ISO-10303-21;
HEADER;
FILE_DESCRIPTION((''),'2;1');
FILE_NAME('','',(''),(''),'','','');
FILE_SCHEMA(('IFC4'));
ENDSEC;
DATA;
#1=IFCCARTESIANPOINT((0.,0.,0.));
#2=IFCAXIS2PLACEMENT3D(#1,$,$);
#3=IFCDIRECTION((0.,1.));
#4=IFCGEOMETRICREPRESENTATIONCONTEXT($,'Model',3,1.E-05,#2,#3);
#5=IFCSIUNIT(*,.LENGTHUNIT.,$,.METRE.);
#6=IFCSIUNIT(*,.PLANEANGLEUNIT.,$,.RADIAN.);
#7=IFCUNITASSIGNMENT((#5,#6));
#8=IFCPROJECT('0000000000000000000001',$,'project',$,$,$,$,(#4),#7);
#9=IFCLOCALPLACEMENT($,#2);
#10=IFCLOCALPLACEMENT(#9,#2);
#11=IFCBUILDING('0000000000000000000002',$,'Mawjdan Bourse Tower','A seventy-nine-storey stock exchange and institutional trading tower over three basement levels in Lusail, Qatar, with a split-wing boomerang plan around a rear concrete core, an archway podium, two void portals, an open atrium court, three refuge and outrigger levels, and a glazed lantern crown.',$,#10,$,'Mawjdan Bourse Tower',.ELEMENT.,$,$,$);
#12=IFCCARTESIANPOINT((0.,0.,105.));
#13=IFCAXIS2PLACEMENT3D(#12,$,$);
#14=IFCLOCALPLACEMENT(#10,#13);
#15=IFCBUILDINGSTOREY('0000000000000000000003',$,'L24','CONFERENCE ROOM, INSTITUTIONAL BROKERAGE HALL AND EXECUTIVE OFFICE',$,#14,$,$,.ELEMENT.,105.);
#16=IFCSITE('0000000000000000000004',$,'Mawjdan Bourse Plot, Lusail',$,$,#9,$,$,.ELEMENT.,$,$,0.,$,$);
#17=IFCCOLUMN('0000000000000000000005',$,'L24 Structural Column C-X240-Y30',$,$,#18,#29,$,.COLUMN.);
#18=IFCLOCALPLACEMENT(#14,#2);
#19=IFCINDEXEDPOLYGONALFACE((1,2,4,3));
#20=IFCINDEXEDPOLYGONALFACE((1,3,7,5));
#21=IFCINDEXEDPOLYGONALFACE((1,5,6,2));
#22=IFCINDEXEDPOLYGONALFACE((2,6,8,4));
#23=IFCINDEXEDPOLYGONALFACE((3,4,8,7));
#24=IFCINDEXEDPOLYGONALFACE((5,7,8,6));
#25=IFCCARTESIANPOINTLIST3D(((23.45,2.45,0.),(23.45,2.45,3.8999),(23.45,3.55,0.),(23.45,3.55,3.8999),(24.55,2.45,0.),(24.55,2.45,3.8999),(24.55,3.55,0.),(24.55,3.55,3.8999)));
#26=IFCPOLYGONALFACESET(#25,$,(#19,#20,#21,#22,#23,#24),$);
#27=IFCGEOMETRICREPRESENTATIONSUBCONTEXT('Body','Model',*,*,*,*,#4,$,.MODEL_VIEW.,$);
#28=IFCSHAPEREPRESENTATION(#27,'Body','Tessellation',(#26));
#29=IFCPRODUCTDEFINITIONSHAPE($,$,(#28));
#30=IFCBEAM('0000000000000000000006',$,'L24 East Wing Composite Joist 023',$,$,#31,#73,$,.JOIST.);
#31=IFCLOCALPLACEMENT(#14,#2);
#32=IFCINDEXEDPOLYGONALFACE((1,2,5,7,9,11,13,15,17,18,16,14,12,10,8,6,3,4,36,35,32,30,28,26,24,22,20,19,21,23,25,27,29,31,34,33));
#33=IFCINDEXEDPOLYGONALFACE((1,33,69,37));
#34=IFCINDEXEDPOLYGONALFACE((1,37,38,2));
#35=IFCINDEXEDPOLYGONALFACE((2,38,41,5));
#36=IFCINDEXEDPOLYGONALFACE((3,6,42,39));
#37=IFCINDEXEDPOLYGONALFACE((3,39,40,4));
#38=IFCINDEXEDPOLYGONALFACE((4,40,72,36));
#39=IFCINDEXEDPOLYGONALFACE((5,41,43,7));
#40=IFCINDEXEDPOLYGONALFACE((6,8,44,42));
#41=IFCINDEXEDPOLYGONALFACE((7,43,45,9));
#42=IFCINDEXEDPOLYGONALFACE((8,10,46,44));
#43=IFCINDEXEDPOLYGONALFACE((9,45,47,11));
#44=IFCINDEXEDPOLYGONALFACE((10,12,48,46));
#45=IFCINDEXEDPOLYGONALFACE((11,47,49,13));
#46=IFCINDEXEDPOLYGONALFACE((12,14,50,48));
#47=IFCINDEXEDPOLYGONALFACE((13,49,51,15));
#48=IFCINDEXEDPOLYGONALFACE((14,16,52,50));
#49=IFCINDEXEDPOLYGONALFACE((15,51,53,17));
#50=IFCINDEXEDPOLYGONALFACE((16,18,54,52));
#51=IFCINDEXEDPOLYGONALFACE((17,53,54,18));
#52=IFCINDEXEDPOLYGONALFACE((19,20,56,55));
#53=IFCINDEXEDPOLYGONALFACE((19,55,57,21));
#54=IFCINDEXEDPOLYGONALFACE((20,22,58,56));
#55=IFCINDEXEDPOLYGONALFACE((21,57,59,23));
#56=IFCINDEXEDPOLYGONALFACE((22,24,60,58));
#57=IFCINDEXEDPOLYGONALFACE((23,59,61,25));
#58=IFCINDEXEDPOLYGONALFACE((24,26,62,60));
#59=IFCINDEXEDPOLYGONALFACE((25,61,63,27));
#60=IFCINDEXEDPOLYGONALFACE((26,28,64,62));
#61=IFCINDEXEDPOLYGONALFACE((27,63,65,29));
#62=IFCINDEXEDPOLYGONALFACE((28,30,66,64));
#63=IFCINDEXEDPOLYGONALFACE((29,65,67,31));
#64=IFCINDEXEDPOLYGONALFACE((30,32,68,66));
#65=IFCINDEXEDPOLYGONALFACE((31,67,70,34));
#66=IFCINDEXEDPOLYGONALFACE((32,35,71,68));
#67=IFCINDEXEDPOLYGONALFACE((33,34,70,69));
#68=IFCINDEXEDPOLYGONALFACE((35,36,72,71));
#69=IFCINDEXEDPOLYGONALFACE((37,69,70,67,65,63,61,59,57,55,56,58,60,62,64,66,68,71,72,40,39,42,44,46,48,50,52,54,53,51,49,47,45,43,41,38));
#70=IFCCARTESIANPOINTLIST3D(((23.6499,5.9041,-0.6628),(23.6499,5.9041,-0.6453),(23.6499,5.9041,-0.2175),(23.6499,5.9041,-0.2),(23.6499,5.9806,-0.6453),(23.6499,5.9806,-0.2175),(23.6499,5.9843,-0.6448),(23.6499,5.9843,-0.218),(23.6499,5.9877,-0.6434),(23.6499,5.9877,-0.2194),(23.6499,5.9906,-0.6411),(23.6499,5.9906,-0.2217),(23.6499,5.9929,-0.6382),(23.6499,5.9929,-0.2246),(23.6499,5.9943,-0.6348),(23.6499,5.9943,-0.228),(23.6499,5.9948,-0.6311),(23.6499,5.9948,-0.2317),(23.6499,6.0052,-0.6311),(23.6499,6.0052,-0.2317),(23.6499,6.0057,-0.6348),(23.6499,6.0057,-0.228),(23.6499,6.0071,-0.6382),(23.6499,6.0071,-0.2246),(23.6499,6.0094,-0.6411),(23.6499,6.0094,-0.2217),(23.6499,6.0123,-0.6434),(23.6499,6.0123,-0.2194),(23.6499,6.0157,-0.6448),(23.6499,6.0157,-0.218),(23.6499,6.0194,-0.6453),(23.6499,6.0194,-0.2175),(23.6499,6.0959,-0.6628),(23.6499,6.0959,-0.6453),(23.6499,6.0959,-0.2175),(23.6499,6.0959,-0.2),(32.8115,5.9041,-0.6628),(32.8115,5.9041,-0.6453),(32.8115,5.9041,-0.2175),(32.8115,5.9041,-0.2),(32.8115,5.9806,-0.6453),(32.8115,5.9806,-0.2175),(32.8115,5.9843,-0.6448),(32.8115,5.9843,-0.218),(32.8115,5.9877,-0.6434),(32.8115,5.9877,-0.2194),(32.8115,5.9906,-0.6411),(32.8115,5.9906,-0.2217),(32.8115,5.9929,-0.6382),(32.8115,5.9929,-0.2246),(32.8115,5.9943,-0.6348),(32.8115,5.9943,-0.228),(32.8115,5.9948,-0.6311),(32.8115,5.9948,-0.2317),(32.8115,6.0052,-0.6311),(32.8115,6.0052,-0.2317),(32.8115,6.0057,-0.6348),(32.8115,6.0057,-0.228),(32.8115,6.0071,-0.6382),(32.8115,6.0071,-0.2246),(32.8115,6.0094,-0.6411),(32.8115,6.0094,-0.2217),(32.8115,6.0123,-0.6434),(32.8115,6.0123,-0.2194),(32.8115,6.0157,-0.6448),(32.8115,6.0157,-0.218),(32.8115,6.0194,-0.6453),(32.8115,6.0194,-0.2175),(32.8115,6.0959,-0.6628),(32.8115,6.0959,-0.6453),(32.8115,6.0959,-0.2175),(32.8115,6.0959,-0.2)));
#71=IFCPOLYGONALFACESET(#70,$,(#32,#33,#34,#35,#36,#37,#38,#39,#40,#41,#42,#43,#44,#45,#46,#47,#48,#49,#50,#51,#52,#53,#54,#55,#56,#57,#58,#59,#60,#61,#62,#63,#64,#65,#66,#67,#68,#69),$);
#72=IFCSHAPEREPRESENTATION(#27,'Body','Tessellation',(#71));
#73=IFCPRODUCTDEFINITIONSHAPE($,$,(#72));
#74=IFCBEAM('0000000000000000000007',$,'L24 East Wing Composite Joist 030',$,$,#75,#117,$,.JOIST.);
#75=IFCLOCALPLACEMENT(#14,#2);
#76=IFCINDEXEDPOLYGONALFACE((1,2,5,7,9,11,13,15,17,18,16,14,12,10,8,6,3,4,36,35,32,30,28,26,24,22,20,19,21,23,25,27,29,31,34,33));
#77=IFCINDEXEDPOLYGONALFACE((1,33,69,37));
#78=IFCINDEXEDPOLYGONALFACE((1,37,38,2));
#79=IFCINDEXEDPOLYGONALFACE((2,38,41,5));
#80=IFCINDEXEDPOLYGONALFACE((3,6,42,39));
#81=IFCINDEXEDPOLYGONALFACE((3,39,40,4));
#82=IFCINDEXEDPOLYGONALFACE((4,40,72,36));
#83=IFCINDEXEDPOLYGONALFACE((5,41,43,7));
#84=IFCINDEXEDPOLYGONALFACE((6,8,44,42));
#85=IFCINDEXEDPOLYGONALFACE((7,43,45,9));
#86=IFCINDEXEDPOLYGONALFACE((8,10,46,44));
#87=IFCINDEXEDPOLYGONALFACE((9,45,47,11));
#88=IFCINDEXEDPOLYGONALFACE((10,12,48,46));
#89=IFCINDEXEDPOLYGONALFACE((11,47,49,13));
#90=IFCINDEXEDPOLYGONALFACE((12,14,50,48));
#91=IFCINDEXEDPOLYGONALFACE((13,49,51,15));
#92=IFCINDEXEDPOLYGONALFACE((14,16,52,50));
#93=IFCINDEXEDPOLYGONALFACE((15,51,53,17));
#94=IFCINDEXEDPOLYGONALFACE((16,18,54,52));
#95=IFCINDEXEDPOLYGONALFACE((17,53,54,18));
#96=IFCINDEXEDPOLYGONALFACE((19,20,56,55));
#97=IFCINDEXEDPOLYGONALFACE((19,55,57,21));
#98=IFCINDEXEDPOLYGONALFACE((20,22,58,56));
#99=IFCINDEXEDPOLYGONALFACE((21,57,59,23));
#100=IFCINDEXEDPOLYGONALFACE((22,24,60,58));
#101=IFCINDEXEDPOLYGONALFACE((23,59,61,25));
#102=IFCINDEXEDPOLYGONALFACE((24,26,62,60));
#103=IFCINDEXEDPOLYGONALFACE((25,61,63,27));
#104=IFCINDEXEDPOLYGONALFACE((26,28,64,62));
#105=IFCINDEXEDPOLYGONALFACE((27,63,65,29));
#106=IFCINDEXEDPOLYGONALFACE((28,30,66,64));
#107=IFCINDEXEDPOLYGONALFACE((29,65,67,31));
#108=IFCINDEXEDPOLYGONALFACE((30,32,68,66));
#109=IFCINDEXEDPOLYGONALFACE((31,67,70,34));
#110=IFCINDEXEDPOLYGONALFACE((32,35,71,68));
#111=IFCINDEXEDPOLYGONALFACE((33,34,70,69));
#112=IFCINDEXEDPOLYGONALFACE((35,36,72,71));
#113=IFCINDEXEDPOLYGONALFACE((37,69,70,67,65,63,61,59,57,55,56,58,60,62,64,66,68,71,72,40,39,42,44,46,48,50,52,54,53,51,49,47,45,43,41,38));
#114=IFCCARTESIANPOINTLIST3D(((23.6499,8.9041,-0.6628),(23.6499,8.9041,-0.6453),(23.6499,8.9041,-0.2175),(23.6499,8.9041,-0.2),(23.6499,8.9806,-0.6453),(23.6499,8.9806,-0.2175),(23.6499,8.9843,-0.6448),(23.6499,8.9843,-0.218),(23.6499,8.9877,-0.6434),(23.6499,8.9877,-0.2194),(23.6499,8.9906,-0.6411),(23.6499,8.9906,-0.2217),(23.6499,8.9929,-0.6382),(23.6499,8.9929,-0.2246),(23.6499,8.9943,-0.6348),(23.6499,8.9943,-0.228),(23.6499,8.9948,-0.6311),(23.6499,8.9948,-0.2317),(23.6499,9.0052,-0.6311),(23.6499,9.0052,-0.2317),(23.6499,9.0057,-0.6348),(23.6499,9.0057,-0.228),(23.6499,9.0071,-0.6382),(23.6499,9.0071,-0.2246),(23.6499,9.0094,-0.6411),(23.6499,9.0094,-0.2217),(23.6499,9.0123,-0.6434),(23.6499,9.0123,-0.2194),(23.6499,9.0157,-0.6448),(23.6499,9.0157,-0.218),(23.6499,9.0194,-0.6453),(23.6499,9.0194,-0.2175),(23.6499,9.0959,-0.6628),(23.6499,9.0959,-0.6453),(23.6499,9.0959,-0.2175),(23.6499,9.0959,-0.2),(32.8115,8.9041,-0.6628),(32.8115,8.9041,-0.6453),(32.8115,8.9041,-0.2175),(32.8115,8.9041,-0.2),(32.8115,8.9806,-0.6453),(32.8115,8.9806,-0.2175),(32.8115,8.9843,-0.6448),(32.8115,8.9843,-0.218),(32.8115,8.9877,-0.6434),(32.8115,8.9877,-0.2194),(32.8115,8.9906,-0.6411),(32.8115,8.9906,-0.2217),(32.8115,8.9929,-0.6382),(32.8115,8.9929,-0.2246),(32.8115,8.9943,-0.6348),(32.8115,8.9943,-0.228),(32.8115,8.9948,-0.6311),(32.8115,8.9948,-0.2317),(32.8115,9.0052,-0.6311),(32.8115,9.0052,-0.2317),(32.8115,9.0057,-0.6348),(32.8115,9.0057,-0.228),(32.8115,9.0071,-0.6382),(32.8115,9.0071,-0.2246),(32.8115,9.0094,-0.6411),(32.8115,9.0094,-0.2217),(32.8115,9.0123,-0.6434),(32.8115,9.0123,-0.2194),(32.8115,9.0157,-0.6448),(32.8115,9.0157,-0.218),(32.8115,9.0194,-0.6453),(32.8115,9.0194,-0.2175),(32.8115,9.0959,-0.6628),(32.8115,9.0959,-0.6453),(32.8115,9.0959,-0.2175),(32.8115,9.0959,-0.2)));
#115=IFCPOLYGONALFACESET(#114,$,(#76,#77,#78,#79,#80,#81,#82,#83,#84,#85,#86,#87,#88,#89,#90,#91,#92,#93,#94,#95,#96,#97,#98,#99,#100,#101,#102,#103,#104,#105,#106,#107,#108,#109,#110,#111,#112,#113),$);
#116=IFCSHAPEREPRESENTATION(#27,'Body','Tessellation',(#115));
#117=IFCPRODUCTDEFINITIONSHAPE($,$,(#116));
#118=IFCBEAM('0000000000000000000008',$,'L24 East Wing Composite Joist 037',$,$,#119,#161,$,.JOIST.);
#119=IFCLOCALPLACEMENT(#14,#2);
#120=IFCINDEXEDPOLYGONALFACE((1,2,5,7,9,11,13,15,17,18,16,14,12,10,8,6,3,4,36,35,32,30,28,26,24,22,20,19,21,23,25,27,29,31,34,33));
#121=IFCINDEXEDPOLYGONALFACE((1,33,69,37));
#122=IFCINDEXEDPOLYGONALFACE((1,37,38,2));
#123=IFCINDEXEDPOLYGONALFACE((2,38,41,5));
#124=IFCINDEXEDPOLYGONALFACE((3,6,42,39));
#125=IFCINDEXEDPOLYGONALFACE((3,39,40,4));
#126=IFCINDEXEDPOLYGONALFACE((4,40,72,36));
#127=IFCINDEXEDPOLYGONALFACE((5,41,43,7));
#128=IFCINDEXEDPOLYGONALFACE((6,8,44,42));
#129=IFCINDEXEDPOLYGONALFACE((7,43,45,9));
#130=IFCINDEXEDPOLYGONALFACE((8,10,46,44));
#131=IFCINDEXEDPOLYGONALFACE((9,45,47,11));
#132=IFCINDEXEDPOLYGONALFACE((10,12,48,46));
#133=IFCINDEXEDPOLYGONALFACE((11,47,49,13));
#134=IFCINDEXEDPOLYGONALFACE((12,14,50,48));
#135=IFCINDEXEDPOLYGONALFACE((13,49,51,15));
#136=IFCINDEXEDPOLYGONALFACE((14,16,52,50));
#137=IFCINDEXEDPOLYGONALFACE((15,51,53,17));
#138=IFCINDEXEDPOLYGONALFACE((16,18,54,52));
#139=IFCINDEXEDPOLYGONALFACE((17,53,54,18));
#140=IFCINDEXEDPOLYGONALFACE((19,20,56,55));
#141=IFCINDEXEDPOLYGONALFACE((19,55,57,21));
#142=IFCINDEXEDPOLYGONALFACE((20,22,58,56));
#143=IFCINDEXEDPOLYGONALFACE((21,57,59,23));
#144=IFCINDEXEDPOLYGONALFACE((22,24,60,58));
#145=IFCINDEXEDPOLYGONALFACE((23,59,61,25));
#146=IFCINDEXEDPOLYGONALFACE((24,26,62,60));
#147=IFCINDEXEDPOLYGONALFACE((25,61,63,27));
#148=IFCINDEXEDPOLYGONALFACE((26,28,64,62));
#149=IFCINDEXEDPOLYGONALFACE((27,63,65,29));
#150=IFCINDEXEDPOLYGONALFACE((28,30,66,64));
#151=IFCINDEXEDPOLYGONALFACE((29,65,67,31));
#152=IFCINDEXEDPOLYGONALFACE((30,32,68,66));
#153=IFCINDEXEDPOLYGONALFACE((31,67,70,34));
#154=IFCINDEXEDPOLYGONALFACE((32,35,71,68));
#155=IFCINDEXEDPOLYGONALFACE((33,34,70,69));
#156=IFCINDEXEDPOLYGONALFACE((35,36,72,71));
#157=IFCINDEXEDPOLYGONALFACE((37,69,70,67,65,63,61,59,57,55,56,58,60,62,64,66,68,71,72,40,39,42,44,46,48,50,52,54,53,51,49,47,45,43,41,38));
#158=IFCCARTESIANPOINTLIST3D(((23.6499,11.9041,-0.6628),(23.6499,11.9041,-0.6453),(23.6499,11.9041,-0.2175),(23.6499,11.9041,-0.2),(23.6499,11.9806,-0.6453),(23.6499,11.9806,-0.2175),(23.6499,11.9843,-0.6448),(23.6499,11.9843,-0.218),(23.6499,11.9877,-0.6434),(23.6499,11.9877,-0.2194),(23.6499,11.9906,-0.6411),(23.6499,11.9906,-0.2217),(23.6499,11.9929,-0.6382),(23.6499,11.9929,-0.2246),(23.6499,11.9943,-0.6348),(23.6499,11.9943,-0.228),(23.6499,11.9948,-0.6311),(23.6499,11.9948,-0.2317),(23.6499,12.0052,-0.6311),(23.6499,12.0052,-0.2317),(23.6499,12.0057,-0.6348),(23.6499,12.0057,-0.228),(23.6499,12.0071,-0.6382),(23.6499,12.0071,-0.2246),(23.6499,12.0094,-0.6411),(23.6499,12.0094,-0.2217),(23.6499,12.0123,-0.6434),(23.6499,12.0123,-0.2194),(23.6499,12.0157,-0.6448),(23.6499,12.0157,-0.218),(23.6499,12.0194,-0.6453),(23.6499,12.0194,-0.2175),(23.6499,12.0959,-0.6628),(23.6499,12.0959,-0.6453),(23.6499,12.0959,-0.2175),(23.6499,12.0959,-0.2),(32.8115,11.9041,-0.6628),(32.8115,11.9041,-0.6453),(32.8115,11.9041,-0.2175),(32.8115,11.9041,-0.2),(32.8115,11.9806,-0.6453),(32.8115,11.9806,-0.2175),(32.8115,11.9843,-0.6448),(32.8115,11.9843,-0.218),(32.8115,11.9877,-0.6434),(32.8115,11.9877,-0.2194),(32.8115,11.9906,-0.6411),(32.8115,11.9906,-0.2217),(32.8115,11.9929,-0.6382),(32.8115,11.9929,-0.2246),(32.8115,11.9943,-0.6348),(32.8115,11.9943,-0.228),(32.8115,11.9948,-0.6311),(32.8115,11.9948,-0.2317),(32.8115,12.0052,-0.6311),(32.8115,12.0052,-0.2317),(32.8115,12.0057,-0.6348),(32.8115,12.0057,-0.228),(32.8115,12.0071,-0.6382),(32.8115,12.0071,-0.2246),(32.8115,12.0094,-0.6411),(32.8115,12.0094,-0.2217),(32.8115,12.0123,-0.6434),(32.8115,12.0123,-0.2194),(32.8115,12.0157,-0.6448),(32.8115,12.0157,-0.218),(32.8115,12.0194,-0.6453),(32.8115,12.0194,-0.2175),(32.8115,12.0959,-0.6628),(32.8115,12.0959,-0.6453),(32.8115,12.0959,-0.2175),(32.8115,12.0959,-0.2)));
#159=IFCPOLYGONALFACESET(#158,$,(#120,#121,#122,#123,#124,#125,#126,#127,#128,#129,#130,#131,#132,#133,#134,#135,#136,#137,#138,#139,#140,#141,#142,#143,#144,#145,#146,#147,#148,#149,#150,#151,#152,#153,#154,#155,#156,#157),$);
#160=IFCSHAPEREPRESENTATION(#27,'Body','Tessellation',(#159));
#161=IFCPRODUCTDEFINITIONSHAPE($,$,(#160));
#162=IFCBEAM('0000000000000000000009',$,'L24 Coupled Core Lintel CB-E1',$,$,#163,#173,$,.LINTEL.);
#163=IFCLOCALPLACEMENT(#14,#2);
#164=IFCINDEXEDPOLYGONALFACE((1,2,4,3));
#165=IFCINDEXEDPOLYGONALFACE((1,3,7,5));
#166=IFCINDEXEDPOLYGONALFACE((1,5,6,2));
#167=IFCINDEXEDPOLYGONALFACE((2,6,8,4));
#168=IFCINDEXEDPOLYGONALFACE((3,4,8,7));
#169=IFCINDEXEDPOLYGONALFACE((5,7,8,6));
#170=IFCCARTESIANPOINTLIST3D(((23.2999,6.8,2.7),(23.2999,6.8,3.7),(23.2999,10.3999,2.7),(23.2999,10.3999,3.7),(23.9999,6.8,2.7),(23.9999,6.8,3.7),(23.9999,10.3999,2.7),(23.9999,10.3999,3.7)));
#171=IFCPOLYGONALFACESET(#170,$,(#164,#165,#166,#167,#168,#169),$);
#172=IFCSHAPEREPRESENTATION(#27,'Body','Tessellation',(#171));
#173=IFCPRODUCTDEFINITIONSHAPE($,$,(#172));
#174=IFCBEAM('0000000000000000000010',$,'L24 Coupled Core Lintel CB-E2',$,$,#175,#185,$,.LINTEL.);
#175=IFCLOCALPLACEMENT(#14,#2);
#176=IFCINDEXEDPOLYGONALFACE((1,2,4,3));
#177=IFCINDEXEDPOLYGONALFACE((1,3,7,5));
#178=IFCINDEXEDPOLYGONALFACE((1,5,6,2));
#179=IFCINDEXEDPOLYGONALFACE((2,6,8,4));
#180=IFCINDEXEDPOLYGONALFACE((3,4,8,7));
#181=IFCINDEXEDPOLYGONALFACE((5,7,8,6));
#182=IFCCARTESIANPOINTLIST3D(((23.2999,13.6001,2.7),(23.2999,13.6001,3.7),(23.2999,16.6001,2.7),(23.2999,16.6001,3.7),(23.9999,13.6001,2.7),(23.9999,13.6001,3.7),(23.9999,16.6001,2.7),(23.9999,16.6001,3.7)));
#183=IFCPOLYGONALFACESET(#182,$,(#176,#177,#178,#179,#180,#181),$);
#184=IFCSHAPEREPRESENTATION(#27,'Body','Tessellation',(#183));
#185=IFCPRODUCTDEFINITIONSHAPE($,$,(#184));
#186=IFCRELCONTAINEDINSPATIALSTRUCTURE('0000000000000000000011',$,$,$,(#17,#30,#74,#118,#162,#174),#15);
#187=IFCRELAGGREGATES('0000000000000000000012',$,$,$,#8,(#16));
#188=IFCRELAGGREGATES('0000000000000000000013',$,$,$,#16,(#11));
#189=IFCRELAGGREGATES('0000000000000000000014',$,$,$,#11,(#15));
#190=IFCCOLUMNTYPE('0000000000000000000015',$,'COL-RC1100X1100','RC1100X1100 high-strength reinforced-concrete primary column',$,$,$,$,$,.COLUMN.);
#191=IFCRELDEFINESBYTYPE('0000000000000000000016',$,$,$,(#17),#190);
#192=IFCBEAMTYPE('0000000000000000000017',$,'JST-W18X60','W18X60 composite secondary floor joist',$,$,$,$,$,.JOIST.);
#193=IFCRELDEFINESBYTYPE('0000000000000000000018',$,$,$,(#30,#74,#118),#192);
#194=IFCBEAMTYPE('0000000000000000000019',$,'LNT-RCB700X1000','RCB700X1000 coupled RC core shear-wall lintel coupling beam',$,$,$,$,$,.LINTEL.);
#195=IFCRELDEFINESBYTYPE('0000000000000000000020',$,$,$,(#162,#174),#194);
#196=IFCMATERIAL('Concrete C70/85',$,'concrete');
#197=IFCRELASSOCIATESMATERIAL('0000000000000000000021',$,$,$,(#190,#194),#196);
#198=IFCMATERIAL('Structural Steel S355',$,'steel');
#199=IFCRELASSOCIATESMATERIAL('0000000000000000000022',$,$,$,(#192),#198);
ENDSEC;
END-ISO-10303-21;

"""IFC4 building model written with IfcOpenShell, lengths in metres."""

from ifc_helpers import new_model, si_unit, direction, frame, origin, origin_2d, place, context, subcontext, project, spatial, rectangle, i_section, extrude, material, material_profile, profile_set, type_object, element, save


model = new_model("IFC4")

# Units and contexts
model_context = context("Model", 3, precision=1e-05, world=origin(), true_north=direction((0.0, 1.0)))
body_context = subcontext(model_context, "Body", "Model", "MODEL_VIEW")
ifc_project = project(units=[si_unit("LENGTHUNIT", "METRE"), si_unit("PLANEANGLEUNIT", "RADIAN")], contexts=[model_context])

# Site, building, storey
site_placement = place(None, origin())
site = spatial("IfcSite", under=ifc_project, at=site_placement, Name="Mawjdan Bourse Plot, Lusail", CompositionType="ELEMENT", RefElevation=0.0)
building_placement = place(site_placement, origin())
building = spatial("IfcBuilding", under=site, at=building_placement, Name="Mawjdan Bourse Tower", Description="A seventy-nine-storey stock exchange and institutional trading tower over three basement levels in Lusail, Qatar, with a split-wing boomerang plan around a rear concrete core, an archway podium, two void portals, an open atrium court, three refuge and outrigger levels, and a glazed lantern crown.", LongName="Mawjdan Bourse Tower", CompositionType="ELEMENT")
storey_placement = place(building_placement, frame((0.0, 0.0, 105.0)))
storey = spatial("IfcBuildingStorey", under=building, at=storey_placement, Name="L24", Description="CONFERENCE ROOM, INSTITUTIONAL BROKERAGE HALL AND EXECUTIVE OFFICE", CompositionType="ELEMENT", Elevation=105.0)

# Column
ifc_material_1 = material(Name="Concrete C70/85", Category="concrete")
ifc_material_profile_1 = material_profile(ifc_material_1, rectangle(XDim=1.1001, YDim=1.1001, at=origin_2d()), Name="RC1100X1100")
ifc_profile_set_1 = profile_set([ifc_material_profile_1], Name="Concrete C70/85")
column_type = type_object("IfcColumnType", Name="COL-RC1100X1100", Description="RC1100X1100 high-strength reinforced-concrete primary column", PredefinedType="COLUMN", material=ifc_profile_set_1)
column_placement = place(storey_placement, frame((24.0, 3.0, 0.0), z_axis=(0.0, 0.0, 1.0), x_axis=(1.0, 0.0, 0.0)))
element("IfcColumn", 1, at=column_placement, inside=storey, type_object=column_type, Name="L24 Structural Column C-X240-Y30", PredefinedType="COLUMN", context=body_context, shape_type="SweptSolid", body=[
    extrude(rectangle(XDim=1.1001, YDim=1.1001, at=origin_2d()), origin(), (0.0, 0.0, 1.0), 3.8999),
])

# Beams
ifc_material_2 = material(Name="Structural Steel S355", Category="steel")
ifc_material_profile_2 = material_profile(ifc_material_2, i_section(OverallWidth=0.1919, OverallDepth=0.4629, WebThickness=0.0105, FlangeThickness=0.0176, FilletRadius=0.0142, at=origin_2d()), Name="W18X60")
ifc_profile_set_2 = profile_set([ifc_material_profile_2], Name="Structural Steel S355")
beam_type_1 = type_object("IfcBeamType", Name="JST-W18X60", Description="W18X60 composite secondary floor joist", PredefinedType="JOIST", material=ifc_profile_set_2)
for number, where, z_axis, x_axis, name in (
    (2, (23.6499, 6.0, -0.4314), (1.0, 0.0, 0.0), (0.0, 1.0, 0.0), "L24 East Wing Composite Joist 023"),
    (3, (23.6499, 9.0, -0.4314), (1.0, 0.0, 0.0), (0.0, 1.0, 0.0), "L24 East Wing Composite Joist 030"),
    (4, (23.6499, 12.0, -0.4314), (1.0, 0.0, 0.0), (0.0, 1.0, 0.0), "L24 East Wing Composite Joist 037"),
):
    element("IfcBeam", number, at=place(storey_placement, frame(where, z_axis=z_axis, x_axis=x_axis)), inside=storey, type_object=beam_type_1, Name=name, PredefinedType="JOIST", context=body_context, shape_type="SweptSolid", body=[
        extrude(i_section(OverallWidth=0.1919, OverallDepth=0.4629, WebThickness=0.0105, FlangeThickness=0.0176, FilletRadius=0.0142, at=origin_2d()), origin(), (0.0, 0.0, 1.0), 9.1616),
    ])
ifc_material_profile_3 = material_profile(ifc_material_1, rectangle(XDim=0.7, YDim=1.0, at=origin_2d()), Name="RCB700X1000")
ifc_profile_set_3 = profile_set([ifc_material_profile_3], Name="Concrete C70/85")
beam_type_2 = type_object("IfcBeamType", Name="LNT-RCB700X1000", Description="RCB700X1000 coupled RC core shear-wall lintel coupling beam", PredefinedType="LINTEL", material=ifc_profile_set_3)
beam_1_placement = place(storey_placement, frame((23.6499, 6.8, 3.2), z_axis=(0.0, 1.0, 0.0), x_axis=(-1.0, 0.0, 0.0)))
element("IfcBeam", 5, at=beam_1_placement, inside=storey, type_object=beam_type_2, Name="L24 Coupled Core Lintel CB-E1", PredefinedType="LINTEL", context=body_context, shape_type="SweptSolid", body=[
    extrude(rectangle(XDim=0.7, YDim=1.0, at=origin_2d()), origin(), (0.0, 0.0, 1.0), 3.5999),
])
beam_2_placement = place(storey_placement, frame((23.6499, 13.6001, 3.2), z_axis=(0.0, 1.0, 0.0), x_axis=(-1.0, 0.0, 0.0)))
element("IfcBeam", 6, at=beam_2_placement, inside=storey, type_object=beam_type_2, Name="L24 Coupled Core Lintel CB-E2", PredefinedType="LINTEL", context=body_context, shape_type="SweptSolid", body=[
    extrude(rectangle(XDim=0.7, YDim=1.0, at=origin_2d()), origin(), (0.0, 0.0, 1.0), 3.0),
])

save(model, "model.ifc")
